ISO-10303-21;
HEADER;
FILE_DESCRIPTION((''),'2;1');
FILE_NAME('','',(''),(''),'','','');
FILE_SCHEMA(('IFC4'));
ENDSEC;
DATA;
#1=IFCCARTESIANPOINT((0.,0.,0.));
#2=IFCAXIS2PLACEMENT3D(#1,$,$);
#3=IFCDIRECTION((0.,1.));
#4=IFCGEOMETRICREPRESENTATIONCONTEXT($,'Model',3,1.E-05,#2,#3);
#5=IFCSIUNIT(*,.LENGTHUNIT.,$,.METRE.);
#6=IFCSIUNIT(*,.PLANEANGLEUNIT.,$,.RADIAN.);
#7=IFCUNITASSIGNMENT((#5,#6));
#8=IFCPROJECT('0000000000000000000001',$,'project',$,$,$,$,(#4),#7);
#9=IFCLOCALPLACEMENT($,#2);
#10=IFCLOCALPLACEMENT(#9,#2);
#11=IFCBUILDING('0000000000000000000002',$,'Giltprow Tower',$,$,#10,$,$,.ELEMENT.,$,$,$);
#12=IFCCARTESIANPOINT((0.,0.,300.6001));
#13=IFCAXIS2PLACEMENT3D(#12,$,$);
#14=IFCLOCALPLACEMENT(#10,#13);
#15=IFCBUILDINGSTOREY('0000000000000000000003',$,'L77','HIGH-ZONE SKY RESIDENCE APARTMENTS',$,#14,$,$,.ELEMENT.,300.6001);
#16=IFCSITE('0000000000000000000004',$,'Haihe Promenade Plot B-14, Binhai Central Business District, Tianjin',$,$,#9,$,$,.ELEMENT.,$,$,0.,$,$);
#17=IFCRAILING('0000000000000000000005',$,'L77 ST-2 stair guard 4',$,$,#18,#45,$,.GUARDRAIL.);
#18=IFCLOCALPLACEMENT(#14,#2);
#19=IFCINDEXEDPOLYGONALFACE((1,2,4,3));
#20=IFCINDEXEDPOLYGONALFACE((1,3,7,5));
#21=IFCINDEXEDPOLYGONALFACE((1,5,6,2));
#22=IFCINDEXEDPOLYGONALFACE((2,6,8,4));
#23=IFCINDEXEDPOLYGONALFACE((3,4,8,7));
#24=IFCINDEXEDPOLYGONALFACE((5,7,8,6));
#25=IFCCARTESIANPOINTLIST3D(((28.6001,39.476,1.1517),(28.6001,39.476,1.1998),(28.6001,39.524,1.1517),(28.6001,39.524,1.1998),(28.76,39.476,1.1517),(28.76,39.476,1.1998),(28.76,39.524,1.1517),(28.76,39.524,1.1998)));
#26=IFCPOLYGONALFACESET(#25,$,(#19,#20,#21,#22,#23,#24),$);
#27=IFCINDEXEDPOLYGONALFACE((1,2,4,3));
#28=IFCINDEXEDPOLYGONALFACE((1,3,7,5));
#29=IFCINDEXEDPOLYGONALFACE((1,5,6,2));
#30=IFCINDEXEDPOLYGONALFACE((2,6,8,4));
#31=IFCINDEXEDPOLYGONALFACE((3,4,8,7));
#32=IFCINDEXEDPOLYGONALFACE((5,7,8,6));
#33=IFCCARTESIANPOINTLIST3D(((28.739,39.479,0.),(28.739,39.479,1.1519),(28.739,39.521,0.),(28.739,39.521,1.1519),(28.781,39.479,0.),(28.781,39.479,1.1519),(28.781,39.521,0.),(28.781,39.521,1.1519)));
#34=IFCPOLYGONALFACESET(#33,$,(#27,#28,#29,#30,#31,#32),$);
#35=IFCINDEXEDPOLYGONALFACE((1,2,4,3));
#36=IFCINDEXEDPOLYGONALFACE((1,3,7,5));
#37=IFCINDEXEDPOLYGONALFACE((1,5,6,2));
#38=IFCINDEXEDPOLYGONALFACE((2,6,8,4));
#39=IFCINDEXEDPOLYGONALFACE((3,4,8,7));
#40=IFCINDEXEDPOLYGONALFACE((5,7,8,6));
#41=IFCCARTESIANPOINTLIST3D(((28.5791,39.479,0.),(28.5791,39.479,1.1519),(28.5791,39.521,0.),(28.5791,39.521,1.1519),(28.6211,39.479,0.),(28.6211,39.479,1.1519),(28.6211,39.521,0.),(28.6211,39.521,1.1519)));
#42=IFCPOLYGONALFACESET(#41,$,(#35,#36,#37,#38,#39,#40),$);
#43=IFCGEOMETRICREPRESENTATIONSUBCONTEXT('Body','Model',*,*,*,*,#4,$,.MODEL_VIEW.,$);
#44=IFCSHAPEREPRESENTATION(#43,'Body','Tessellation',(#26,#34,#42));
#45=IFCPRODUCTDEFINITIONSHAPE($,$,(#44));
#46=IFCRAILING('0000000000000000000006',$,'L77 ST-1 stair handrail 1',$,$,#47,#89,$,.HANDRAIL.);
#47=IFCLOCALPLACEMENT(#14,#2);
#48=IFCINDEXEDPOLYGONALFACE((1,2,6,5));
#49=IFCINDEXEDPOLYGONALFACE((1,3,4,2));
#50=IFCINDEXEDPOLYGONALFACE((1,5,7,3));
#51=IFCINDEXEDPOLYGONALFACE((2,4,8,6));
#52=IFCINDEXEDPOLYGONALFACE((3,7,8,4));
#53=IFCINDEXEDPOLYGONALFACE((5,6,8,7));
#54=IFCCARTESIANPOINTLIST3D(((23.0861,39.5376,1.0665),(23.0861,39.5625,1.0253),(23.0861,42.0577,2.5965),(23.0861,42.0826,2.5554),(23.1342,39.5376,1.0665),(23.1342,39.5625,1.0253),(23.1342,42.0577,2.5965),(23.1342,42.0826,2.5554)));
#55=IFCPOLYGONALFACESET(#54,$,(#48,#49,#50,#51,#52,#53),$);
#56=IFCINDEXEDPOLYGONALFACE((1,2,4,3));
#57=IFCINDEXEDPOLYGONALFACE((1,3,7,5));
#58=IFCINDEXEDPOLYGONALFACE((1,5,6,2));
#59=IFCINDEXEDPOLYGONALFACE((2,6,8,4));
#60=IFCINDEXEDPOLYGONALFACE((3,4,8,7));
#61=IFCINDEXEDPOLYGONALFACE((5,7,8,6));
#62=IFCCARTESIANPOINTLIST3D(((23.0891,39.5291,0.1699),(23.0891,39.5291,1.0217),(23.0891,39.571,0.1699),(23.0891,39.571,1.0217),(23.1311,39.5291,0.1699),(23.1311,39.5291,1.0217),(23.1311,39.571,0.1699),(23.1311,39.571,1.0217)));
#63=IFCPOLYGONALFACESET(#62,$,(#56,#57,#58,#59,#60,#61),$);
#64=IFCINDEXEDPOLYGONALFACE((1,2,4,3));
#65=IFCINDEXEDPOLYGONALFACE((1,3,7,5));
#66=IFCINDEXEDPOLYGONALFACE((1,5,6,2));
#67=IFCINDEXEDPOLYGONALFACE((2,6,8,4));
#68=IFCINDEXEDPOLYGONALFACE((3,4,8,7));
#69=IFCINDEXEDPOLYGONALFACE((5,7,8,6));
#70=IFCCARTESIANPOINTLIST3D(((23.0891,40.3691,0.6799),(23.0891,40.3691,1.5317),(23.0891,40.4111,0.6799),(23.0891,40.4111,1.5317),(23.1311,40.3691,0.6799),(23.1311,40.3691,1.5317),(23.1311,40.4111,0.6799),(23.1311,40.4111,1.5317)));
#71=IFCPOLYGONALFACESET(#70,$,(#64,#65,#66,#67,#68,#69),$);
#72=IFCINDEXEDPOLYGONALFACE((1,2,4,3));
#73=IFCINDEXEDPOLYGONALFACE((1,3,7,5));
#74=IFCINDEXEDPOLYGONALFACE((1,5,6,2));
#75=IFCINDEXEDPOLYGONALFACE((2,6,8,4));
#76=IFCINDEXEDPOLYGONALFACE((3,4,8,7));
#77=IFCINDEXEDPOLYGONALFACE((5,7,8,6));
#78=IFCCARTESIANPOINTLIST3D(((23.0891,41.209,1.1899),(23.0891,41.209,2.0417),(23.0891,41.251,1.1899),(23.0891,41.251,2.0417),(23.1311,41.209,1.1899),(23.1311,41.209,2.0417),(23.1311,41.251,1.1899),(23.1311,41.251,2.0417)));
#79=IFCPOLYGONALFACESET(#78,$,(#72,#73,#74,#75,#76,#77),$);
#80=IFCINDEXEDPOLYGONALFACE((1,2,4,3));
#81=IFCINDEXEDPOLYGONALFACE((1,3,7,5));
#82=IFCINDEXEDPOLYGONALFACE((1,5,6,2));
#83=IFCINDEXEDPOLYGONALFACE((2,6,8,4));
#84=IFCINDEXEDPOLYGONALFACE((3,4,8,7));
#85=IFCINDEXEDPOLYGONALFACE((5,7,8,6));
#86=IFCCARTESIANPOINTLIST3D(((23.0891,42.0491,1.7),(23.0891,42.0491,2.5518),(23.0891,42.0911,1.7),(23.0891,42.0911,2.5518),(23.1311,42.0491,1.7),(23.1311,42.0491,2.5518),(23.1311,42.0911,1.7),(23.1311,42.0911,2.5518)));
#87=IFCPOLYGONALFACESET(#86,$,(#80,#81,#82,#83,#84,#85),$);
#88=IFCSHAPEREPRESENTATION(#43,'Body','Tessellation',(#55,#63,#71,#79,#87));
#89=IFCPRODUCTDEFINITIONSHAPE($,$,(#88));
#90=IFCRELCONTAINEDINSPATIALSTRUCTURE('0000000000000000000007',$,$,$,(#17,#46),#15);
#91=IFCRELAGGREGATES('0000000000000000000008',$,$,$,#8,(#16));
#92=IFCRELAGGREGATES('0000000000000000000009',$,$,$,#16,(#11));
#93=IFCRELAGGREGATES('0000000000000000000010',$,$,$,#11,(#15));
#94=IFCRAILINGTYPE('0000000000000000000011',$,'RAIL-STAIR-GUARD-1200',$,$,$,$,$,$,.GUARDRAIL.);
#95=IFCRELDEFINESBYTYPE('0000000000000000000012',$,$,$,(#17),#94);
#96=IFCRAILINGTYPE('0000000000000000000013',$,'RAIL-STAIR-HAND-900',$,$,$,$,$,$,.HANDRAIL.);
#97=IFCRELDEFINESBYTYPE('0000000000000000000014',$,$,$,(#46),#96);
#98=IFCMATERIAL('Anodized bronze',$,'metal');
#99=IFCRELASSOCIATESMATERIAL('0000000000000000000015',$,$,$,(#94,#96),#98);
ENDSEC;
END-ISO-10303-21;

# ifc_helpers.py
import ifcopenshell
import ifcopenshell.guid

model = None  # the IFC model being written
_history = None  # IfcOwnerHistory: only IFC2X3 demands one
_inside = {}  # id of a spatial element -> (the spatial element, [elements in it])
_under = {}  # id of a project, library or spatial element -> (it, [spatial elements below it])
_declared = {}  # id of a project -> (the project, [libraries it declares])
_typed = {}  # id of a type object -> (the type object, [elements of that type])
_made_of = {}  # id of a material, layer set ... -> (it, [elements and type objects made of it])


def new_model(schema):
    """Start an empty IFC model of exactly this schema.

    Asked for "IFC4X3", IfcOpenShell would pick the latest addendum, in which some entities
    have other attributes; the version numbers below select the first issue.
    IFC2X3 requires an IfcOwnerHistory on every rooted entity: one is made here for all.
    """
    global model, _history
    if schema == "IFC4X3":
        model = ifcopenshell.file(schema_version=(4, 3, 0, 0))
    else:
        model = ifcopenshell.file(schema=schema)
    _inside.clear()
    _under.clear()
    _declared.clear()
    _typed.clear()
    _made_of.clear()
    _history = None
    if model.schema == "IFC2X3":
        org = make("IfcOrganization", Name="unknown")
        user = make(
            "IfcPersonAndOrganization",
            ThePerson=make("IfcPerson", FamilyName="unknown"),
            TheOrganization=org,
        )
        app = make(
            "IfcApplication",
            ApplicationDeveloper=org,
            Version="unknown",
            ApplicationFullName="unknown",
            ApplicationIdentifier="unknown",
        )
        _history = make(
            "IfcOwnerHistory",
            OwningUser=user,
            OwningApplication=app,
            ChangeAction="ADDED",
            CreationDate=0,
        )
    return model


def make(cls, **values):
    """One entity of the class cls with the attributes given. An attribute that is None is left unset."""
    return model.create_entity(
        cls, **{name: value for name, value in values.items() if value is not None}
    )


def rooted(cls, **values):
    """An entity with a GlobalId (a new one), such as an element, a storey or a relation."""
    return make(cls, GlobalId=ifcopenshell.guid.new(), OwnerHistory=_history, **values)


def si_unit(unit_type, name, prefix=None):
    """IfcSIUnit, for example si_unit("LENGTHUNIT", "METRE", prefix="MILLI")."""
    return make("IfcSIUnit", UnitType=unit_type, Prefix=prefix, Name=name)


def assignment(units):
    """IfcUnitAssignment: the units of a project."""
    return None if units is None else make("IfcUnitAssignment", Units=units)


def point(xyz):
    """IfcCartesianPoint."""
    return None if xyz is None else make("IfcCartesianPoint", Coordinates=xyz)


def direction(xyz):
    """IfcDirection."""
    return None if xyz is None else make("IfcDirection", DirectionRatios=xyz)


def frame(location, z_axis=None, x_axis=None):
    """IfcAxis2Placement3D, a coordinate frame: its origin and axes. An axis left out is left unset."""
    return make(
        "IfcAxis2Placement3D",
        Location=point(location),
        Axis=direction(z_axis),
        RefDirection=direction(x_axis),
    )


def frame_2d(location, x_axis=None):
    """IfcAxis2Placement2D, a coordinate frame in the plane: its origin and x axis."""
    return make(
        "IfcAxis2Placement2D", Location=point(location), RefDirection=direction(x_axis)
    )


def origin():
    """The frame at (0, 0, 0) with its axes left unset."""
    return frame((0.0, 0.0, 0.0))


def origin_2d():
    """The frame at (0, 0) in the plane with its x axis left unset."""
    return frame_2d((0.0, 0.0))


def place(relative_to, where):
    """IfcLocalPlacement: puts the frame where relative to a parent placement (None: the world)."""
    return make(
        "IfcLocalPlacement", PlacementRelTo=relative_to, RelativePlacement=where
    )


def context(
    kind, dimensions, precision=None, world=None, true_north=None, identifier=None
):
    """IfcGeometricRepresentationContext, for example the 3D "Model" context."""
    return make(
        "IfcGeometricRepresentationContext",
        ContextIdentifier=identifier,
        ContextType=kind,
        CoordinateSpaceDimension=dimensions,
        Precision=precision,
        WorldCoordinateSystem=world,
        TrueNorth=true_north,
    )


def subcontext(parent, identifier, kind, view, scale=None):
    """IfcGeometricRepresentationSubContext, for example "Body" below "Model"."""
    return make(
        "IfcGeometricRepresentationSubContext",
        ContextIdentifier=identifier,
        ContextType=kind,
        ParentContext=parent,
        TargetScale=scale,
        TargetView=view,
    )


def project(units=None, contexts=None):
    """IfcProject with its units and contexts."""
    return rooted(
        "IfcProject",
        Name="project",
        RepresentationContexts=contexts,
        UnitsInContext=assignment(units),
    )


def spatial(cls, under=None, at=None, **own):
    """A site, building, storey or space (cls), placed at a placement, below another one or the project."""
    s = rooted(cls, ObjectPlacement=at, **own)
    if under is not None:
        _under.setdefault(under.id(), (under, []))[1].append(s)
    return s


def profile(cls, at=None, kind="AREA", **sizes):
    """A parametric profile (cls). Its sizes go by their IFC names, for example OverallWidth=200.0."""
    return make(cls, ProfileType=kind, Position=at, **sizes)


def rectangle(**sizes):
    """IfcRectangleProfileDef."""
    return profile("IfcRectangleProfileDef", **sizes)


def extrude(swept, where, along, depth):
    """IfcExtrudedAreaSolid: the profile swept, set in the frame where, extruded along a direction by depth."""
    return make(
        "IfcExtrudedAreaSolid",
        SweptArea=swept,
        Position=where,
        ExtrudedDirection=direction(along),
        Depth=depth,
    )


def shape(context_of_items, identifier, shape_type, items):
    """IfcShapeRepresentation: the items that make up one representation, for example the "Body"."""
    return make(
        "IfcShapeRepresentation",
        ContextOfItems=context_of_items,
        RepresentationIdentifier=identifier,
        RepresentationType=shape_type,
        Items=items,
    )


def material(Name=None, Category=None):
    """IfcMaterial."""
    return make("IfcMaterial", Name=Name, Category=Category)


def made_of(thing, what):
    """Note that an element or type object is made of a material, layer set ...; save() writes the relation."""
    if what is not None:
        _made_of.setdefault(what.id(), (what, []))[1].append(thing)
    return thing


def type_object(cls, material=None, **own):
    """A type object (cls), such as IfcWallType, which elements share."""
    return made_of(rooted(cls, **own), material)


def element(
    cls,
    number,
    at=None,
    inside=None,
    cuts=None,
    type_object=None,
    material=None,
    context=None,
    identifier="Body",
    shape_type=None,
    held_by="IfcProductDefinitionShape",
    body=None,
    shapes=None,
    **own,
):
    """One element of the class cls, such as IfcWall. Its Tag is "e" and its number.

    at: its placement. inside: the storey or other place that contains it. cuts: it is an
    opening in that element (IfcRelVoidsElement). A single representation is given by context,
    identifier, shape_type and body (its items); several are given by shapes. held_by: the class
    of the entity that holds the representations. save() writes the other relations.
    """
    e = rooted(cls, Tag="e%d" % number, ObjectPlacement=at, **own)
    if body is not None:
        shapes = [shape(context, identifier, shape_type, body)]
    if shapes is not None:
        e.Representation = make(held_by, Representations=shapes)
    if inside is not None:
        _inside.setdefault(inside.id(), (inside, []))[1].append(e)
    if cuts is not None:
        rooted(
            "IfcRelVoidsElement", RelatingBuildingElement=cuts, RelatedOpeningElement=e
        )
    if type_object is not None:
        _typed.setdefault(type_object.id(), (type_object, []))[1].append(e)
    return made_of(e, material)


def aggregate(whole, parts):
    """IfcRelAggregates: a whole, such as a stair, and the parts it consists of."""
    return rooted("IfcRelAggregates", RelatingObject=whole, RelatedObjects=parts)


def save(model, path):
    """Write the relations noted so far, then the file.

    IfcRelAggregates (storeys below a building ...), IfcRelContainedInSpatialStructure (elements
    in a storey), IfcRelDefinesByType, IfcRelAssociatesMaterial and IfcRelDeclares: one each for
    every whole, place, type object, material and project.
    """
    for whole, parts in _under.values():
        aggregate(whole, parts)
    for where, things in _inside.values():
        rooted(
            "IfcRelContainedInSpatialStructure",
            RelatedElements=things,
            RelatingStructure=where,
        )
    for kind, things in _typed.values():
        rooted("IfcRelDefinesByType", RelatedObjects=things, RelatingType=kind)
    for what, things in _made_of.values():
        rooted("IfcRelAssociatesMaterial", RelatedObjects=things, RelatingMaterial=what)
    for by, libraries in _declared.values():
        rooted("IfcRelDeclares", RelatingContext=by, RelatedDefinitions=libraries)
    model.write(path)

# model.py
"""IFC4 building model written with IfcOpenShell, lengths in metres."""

from ifc_helpers import new_model, si_unit, direction, frame, origin, origin_2d, place, context, subcontext, project, spatial, rectangle, extrude, material, type_object, element, save


model = new_model("IFC4")

# Units and contexts
model_context = context("Model", 3, precision=1e-05, world=origin(), true_north=direction((0.0, 1.0)))
body_context = subcontext(model_context, "Body", "Model", "MODEL_VIEW")
ifc_project = project(units=[si_unit("LENGTHUNIT", "METRE"), si_unit("PLANEANGLEUNIT", "RADIAN")], contexts=[model_context])

# Site, building, storey
site_placement = place(None, origin())
site = spatial("IfcSite", under=ifc_project, at=site_placement, Name="Haihe Promenade Plot B-14, Binhai Central Business District, Tianjin", CompositionType="ELEMENT", RefElevation=0.0)
building_placement = place(site_placement, origin())
building = spatial("IfcBuilding", under=site, at=building_placement, Name="Giltprow Tower", CompositionType="ELEMENT")
storey_placement = place(building_placement, frame((0.0, 0.0, 300.6001)))
storey = spatial("IfcBuildingStorey", under=building, at=storey_placement, Name="L77", Description="HIGH-ZONE SKY RESIDENCE APARTMENTS", CompositionType="ELEMENT", Elevation=300.6001)

# Railings
ifc_material_1 = material(Name="Anodized bronze", Category="metal")
railing_type_1 = type_object("IfcRailingType", Name="RAIL-STAIR-GUARD-1200", PredefinedType="GUARDRAIL", material=ifc_material_1)
for number, where, name in (
    (1, (28.76, 39.5, 0.0), "L77 ST-2 stair guard 4"),
):
    element("IfcRailing", number, at=place(storey_placement, frame(where)), inside=storey, type_object=railing_type_1, Name=name, PredefinedType="GUARDRAIL", context=body_context, shape_type="SweptSolid", body=[
        extrude(rectangle(XDim=0.0481, YDim=0.0481, at=origin_2d()), frame((0.0, 0.0, 1.1758), z_axis=(-1.0, 0.0, 0.0), x_axis=(0.0, -1.0, 0.0)), (0.0, 0.0, 1.0), 0.1599),
        extrude(rectangle(XDim=0.042, YDim=0.042, at=origin_2d()), origin(), (0.0, 0.0, 1.0), 1.1519),
        extrude(rectangle(XDim=0.042, YDim=0.042, at=origin_2d()), frame((-0.1599, 0.0, 0.0)), (0.0, 0.0, 1.0), 1.1519),
    ])
railing_type_2 = type_object("IfcRailingType", Name="RAIL-STAIR-HAND-900", PredefinedType="HANDRAIL", material=ifc_material_1)
railing_1_placement = place(storey_placement, frame((23.1101, 39.55, 0.1699)))
element("IfcRailing", 2, at=railing_1_placement, inside=storey, type_object=railing_type_2, Name="L77 ST-1 stair handrail 1", PredefinedType="HANDRAIL", context=body_context, shape_type="SweptSolid", body=[
    extrude(rectangle(XDim=0.0481, YDim=0.0481, at=origin_2d()), frame((0.0, 0.0, 0.876), z_axis=(0.0, 0.854785, 0.518982), x_axis=(-1.0, 0.0, 0.0)), (0.0, 0.0, 1.0), 2.9482),
    extrude(rectangle(XDim=0.042, YDim=0.042, at=origin_2d()), origin(), (0.0, 0.0, 1.0), 0.8518),
    extrude(rectangle(XDim=0.042, YDim=0.042, at=origin_2d()), frame((0.0, 0.8401, 0.51)), (0.0, 0.0, 1.0), 0.8518),
    extrude(rectangle(XDim=0.042, YDim=0.042, at=origin_2d()), frame((0.0, 1.6799, 1.02)), (0.0, 0.0, 1.0), 0.8518),
    extrude(rectangle(XDim=0.042, YDim=0.042, at=origin_2d()), frame((0.0, 2.52, 1.53)), (0.0, 0.0, 1.0), 0.8518),
])

save(model, "model.ifc")
